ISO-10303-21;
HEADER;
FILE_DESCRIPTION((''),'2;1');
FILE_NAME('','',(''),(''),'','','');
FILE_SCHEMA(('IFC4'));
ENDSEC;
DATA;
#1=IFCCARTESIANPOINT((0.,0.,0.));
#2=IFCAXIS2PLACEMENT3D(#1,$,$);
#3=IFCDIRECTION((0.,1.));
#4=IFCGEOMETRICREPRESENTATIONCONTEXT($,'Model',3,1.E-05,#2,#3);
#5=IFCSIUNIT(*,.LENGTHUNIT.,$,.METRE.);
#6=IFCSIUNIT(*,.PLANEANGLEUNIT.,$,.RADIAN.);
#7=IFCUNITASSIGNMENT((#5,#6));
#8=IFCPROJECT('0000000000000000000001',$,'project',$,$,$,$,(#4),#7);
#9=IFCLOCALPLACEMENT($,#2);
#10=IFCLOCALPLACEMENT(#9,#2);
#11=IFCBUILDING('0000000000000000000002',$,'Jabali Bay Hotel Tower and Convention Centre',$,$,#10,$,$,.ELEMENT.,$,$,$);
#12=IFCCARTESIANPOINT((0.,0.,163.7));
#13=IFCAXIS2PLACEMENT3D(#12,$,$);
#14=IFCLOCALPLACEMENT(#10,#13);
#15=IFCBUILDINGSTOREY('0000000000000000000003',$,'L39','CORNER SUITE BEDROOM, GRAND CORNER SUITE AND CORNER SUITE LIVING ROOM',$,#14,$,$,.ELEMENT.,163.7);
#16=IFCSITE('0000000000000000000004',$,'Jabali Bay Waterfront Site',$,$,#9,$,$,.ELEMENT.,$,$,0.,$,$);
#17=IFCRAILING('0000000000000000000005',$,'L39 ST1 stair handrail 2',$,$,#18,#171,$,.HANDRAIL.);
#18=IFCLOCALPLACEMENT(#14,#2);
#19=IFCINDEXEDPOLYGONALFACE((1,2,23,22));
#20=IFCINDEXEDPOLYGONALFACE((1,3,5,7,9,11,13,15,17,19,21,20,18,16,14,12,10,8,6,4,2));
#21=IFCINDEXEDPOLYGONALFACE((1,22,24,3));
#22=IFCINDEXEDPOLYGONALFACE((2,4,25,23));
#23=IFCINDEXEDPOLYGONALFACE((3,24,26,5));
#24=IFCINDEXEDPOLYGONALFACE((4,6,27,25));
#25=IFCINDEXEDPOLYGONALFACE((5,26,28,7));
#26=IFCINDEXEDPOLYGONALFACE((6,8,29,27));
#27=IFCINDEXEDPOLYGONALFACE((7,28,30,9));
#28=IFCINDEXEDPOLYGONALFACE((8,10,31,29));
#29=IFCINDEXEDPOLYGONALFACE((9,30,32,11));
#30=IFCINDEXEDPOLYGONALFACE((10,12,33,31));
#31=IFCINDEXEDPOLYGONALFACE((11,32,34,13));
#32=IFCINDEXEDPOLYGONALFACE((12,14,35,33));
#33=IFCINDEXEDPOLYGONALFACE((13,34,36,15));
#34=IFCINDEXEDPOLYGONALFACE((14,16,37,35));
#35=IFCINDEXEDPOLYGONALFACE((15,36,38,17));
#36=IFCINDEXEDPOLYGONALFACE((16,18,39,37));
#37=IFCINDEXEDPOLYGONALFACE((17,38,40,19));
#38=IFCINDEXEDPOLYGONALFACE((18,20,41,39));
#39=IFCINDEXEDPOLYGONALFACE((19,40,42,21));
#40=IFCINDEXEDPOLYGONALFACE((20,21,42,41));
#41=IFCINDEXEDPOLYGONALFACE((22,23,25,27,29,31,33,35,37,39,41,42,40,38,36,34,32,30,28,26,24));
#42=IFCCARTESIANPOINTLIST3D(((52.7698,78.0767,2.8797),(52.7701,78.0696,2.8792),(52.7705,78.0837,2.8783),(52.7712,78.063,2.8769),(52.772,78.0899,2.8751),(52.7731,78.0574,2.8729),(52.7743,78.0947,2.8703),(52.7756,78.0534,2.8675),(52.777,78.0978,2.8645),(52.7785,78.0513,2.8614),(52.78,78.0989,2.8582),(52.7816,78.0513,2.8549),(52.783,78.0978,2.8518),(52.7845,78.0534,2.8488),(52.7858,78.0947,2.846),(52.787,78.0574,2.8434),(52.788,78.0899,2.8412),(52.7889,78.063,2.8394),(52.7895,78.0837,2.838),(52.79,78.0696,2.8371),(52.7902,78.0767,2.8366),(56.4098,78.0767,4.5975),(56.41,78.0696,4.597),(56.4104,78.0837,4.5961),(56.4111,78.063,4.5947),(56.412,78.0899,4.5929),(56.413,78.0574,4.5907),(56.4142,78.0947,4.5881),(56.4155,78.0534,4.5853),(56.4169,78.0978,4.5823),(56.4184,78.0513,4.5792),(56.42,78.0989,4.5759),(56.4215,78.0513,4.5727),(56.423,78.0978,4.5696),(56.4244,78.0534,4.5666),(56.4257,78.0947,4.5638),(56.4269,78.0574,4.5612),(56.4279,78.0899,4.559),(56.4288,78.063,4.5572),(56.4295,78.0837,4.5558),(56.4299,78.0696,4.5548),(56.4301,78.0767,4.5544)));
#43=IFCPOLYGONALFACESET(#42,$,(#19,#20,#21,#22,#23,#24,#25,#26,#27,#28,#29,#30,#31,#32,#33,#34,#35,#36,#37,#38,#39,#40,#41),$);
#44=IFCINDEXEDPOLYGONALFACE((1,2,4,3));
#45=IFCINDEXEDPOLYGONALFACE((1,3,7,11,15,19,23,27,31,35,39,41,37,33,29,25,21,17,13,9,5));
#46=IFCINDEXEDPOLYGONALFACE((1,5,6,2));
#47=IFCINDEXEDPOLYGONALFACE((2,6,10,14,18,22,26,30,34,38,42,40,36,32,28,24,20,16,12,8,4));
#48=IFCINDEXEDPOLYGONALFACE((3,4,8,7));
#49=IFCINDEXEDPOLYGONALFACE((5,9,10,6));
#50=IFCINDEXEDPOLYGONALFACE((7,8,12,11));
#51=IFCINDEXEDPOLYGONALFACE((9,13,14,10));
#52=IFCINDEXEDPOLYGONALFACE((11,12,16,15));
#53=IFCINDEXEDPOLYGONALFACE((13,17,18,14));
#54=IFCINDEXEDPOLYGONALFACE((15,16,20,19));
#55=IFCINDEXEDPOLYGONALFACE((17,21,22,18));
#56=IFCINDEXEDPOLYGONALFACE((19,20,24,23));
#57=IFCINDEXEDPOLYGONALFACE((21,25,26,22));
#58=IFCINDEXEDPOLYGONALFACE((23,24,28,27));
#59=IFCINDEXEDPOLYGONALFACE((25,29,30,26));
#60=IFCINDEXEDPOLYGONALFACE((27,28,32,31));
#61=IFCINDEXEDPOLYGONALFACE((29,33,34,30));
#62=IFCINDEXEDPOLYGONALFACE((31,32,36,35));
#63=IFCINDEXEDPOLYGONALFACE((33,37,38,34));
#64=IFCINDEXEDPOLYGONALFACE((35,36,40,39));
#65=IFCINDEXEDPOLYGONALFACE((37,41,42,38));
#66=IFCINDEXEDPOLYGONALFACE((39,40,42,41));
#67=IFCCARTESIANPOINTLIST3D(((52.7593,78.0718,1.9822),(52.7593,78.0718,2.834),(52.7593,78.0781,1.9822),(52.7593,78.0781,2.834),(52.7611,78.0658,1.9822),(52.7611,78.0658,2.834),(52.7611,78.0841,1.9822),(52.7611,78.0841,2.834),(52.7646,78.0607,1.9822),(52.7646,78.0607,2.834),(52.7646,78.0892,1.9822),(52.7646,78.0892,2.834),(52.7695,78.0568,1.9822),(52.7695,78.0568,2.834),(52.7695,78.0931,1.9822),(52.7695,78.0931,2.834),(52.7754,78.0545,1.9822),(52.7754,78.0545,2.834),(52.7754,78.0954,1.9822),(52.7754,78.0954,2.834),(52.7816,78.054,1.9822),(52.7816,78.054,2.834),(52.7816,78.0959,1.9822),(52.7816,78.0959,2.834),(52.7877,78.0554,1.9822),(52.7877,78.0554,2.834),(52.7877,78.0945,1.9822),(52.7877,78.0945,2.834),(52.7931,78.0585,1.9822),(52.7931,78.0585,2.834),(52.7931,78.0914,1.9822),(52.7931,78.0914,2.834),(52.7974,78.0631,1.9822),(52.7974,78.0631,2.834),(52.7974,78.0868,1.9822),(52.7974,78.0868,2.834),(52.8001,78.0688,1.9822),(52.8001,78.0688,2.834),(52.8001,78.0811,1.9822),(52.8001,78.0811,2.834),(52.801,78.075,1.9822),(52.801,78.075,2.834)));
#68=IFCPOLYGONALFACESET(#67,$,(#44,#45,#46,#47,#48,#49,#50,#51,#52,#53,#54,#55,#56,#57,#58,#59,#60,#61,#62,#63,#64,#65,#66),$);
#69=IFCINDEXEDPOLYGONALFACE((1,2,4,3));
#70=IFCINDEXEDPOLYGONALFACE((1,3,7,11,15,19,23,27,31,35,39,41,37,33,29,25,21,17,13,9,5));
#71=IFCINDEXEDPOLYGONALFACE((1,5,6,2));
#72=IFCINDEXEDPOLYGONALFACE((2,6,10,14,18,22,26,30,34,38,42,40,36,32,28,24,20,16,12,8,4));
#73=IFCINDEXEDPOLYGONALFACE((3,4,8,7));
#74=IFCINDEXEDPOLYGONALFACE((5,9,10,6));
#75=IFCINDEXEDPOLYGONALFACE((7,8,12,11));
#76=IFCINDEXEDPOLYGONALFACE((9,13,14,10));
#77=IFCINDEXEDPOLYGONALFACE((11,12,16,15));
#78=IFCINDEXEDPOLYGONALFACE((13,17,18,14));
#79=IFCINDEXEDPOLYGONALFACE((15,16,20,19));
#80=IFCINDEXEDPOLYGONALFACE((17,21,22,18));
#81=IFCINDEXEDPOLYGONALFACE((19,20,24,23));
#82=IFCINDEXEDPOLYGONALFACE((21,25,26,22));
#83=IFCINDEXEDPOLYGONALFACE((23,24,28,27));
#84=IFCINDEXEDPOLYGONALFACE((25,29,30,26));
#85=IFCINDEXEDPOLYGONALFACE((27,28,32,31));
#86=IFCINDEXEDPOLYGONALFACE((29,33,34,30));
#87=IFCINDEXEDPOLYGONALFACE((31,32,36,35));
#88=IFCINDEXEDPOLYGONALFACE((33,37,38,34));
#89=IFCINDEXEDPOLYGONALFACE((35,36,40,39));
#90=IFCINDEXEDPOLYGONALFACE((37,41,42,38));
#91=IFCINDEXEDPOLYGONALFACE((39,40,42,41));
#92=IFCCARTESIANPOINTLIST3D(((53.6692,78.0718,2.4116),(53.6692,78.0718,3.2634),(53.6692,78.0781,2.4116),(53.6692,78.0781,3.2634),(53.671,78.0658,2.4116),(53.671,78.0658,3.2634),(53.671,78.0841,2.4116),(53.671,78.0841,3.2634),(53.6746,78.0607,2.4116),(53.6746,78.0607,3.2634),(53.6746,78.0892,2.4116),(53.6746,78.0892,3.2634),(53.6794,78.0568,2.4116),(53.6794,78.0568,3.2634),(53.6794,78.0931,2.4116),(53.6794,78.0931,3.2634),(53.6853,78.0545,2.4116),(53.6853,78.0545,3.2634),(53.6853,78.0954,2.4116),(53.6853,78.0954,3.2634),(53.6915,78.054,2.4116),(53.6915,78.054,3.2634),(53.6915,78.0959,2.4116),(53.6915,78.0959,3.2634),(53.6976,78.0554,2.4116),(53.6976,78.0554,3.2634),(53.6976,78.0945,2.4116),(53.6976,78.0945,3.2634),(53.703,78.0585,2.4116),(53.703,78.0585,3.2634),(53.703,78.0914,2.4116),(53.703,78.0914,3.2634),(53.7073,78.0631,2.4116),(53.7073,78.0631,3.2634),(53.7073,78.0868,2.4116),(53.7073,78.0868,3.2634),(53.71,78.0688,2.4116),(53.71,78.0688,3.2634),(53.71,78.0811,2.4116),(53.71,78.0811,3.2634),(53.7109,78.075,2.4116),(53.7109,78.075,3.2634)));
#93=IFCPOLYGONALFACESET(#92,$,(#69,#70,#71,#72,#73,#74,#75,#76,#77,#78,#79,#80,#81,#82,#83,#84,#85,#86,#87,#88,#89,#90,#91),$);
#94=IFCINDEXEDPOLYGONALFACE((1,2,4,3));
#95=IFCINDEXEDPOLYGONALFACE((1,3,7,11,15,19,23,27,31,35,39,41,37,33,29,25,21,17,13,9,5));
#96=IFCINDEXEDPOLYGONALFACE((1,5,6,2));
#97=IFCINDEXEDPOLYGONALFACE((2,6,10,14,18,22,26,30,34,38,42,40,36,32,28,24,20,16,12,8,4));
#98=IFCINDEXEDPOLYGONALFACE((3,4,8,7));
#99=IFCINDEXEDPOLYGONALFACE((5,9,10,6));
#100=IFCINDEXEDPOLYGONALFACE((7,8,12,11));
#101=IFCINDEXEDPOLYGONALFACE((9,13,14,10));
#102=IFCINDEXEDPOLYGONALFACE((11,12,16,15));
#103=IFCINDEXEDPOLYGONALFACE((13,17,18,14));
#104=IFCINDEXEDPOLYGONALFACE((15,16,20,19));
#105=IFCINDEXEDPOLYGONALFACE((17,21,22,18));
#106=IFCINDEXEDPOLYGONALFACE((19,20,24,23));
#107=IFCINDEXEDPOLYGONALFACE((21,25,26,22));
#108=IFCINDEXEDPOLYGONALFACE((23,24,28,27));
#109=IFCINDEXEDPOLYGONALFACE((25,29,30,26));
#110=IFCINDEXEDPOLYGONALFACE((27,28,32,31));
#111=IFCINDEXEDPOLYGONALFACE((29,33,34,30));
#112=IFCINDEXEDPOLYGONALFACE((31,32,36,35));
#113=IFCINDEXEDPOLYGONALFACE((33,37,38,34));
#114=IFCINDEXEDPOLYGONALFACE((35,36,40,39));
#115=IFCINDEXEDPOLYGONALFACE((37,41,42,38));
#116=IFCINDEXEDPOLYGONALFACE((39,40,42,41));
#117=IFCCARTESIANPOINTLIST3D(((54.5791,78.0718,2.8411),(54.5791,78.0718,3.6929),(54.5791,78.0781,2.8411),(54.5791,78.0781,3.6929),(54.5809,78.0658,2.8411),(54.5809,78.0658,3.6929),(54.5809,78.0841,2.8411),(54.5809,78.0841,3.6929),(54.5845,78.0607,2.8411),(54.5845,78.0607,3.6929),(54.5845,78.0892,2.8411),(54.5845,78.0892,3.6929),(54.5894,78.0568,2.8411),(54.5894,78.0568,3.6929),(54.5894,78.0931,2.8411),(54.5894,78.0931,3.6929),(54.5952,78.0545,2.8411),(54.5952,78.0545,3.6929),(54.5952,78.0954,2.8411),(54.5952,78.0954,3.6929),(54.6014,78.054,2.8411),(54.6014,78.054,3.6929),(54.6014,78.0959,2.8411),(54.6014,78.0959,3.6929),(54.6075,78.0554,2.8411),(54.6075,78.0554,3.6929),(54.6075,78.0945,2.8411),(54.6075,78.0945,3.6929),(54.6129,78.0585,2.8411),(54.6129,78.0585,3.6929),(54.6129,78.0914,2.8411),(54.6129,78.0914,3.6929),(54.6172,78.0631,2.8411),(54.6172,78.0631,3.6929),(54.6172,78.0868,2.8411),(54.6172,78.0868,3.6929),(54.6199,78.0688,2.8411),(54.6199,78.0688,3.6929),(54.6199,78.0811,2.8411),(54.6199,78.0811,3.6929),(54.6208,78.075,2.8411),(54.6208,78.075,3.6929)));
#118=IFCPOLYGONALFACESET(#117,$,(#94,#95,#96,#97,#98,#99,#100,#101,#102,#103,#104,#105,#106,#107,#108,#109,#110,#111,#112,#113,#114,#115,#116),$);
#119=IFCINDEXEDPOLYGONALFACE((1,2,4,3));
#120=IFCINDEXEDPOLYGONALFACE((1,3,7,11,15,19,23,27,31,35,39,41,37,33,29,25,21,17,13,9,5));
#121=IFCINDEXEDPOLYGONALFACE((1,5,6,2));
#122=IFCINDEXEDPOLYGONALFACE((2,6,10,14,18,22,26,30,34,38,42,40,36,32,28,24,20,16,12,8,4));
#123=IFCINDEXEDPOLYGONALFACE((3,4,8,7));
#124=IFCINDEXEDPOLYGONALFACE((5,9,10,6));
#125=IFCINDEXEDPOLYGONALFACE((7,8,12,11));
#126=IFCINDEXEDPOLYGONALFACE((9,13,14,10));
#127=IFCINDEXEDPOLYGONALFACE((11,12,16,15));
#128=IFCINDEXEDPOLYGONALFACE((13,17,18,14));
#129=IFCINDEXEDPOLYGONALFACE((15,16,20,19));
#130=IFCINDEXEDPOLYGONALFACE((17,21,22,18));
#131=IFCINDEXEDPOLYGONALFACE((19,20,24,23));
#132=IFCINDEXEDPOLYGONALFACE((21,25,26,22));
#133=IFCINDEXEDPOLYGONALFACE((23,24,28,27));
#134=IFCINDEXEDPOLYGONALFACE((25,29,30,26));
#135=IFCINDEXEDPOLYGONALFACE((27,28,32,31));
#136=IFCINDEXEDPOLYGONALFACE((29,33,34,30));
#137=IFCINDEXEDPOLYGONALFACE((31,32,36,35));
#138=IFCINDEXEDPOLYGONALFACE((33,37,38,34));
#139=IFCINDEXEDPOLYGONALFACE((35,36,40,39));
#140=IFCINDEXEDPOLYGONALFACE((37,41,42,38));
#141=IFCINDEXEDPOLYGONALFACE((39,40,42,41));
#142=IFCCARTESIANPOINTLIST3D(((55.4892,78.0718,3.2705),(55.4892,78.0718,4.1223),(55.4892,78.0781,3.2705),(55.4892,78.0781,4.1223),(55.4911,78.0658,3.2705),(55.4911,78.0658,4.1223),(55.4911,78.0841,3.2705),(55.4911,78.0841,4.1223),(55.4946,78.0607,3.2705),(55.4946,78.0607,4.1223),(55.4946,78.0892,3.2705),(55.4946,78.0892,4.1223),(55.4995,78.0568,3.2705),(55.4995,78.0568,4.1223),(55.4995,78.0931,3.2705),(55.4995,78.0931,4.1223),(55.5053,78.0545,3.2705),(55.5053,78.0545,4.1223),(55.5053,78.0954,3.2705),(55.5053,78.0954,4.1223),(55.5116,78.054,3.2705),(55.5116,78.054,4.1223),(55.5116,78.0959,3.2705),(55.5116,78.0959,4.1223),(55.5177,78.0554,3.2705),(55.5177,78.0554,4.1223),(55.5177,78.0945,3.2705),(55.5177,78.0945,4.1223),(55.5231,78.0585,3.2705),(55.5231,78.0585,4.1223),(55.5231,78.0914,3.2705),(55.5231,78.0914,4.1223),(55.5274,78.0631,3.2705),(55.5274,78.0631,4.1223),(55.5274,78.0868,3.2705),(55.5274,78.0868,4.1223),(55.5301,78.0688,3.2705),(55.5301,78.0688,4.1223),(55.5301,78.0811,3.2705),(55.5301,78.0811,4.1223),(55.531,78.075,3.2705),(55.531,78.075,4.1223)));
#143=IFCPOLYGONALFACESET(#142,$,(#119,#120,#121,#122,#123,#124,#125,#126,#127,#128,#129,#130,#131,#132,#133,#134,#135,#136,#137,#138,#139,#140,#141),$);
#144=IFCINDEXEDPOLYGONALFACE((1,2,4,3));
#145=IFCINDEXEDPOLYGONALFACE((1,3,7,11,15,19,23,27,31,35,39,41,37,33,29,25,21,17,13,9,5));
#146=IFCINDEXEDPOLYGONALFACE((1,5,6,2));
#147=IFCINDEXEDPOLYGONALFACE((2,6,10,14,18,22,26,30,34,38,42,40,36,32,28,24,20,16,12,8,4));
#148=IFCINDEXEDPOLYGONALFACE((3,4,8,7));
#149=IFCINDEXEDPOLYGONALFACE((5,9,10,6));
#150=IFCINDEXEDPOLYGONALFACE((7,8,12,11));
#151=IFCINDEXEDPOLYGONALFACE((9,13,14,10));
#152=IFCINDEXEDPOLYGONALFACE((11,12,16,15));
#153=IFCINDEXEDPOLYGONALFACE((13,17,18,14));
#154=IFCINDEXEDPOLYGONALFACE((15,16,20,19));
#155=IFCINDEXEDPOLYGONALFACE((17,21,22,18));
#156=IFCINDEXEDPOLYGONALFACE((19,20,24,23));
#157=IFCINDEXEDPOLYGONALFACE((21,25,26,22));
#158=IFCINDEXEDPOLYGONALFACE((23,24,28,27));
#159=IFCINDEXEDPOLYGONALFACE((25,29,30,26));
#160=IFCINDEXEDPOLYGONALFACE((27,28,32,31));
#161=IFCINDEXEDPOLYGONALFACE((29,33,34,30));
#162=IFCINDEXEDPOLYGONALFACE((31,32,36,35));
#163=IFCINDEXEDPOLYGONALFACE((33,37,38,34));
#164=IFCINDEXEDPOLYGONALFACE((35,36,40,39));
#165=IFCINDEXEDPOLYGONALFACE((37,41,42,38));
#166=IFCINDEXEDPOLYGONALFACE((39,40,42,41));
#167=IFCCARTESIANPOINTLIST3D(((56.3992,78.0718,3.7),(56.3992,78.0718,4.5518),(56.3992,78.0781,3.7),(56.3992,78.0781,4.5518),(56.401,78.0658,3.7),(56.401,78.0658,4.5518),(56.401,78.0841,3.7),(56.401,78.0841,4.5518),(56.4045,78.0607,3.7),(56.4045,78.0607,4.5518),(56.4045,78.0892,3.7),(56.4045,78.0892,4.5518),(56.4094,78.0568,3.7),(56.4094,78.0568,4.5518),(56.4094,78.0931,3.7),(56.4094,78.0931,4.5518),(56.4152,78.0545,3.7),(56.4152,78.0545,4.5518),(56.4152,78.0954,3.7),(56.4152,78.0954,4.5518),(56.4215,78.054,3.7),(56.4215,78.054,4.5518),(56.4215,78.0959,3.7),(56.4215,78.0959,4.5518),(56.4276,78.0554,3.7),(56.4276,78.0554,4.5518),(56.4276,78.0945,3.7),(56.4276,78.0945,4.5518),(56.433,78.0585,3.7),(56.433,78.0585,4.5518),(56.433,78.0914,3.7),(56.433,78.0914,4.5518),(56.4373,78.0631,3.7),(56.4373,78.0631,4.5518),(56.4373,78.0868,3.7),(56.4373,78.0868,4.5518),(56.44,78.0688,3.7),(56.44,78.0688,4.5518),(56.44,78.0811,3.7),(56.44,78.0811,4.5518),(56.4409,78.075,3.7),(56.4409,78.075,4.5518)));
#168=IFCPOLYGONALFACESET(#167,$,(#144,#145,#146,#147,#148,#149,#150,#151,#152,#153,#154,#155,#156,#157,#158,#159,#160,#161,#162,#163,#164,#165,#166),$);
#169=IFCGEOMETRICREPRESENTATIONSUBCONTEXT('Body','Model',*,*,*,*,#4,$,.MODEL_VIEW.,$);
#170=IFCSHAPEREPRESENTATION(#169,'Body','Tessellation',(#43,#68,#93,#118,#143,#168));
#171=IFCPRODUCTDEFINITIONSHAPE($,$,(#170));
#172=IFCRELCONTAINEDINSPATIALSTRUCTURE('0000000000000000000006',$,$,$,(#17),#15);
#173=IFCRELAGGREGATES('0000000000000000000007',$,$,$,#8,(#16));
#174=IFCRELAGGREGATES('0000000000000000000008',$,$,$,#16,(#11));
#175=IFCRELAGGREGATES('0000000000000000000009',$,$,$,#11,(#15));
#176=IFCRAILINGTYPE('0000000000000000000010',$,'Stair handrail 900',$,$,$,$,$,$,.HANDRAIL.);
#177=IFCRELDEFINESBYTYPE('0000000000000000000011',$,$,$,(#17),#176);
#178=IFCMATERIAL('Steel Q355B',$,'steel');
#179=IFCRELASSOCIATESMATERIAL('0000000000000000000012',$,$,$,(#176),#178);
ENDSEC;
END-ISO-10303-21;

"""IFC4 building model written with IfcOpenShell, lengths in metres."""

from ifc_helpers import new_model, si_unit, direction, frame, origin, origin_2d, place, context, subcontext, project, spatial, circle, extrude, material, type_object, element, save


model = new_model("IFC4")

# Units and contexts
model_context = context("Model", 3, precision=1e-05, world=origin(), true_north=direction((0.0, 1.0)))
body_context = subcontext(model_context, "Body", "Model", "MODEL_VIEW")
ifc_project = project(units=[si_unit("LENGTHUNIT", "METRE"), si_unit("PLANEANGLEUNIT", "RADIAN")], contexts=[model_context])

# Site, building, storey
site_placement = place(None, origin())
site = spatial("IfcSite", under=ifc_project, at=site_placement, Name="Jabali Bay Waterfront Site", CompositionType="ELEMENT", RefElevation=0.0)
building_placement = place(site_placement, origin())
building = spatial("IfcBuilding", under=site, at=building_placement, Name="Jabali Bay Hotel Tower and Convention Centre", CompositionType="ELEMENT")
storey_placement = place(building_placement, frame((0.0, 0.0, 163.7)))
storey = spatial("IfcBuildingStorey", under=building, at=storey_placement, Name="L39", Description="CORNER SUITE BEDROOM, GRAND CORNER SUITE AND CORNER SUITE LIVING ROOM", CompositionType="ELEMENT", Elevation=163.7)

# Railing
ifc_material_1 = material(Name="Steel Q355B", Category="steel")
railing_type = type_object("IfcRailingType", Name="Stair handrail 900", PredefinedType="HANDRAIL", material=ifc_material_1)
railing_placement = place(storey_placement, frame((52.78, 78.075, 1.9822)))
element("IfcRailing", 1, at=railing_placement, inside=storey, type_object=railing_type, Name="L39 ST1 stair handrail 2", PredefinedType="HANDRAIL", context=body_context, shape_type="SweptSolid", body=[
    extrude(circle(Radius=0.0239, at=origin_2d()), frame((0.0, 0.0, 0.876), z_axis=(0.904351, 0.0, 0.42679), x_axis=(0.0, 1.0, 0.0)), (0.0, 0.0, 1.0), 4.0249),
    extrude(circle(Radius=0.021, at=origin_2d()), origin(), (0.0, 0.0, 1.0), 0.8518),
    extrude(circle(Radius=0.021, at=origin_2d()), frame((0.9099, 0.0, 0.4294)), (0.0, 0.0, 1.0), 0.8518),
    extrude(circle(Radius=0.021, at=origin_2d()), frame((1.8198, 0.0, 0.8589)), (0.0, 0.0, 1.0), 0.8518),
    extrude(circle(Radius=0.021, at=origin_2d()), frame((2.73, 0.0, 1.2883)), (0.0, 0.0, 1.0), 0.8518),
    extrude(circle(Radius=0.021, at=origin_2d()), frame((3.6399, 0.0, 1.7178)), (0.0, 0.0, 1.0), 0.8518),
])

save(model, "model.ifc")
